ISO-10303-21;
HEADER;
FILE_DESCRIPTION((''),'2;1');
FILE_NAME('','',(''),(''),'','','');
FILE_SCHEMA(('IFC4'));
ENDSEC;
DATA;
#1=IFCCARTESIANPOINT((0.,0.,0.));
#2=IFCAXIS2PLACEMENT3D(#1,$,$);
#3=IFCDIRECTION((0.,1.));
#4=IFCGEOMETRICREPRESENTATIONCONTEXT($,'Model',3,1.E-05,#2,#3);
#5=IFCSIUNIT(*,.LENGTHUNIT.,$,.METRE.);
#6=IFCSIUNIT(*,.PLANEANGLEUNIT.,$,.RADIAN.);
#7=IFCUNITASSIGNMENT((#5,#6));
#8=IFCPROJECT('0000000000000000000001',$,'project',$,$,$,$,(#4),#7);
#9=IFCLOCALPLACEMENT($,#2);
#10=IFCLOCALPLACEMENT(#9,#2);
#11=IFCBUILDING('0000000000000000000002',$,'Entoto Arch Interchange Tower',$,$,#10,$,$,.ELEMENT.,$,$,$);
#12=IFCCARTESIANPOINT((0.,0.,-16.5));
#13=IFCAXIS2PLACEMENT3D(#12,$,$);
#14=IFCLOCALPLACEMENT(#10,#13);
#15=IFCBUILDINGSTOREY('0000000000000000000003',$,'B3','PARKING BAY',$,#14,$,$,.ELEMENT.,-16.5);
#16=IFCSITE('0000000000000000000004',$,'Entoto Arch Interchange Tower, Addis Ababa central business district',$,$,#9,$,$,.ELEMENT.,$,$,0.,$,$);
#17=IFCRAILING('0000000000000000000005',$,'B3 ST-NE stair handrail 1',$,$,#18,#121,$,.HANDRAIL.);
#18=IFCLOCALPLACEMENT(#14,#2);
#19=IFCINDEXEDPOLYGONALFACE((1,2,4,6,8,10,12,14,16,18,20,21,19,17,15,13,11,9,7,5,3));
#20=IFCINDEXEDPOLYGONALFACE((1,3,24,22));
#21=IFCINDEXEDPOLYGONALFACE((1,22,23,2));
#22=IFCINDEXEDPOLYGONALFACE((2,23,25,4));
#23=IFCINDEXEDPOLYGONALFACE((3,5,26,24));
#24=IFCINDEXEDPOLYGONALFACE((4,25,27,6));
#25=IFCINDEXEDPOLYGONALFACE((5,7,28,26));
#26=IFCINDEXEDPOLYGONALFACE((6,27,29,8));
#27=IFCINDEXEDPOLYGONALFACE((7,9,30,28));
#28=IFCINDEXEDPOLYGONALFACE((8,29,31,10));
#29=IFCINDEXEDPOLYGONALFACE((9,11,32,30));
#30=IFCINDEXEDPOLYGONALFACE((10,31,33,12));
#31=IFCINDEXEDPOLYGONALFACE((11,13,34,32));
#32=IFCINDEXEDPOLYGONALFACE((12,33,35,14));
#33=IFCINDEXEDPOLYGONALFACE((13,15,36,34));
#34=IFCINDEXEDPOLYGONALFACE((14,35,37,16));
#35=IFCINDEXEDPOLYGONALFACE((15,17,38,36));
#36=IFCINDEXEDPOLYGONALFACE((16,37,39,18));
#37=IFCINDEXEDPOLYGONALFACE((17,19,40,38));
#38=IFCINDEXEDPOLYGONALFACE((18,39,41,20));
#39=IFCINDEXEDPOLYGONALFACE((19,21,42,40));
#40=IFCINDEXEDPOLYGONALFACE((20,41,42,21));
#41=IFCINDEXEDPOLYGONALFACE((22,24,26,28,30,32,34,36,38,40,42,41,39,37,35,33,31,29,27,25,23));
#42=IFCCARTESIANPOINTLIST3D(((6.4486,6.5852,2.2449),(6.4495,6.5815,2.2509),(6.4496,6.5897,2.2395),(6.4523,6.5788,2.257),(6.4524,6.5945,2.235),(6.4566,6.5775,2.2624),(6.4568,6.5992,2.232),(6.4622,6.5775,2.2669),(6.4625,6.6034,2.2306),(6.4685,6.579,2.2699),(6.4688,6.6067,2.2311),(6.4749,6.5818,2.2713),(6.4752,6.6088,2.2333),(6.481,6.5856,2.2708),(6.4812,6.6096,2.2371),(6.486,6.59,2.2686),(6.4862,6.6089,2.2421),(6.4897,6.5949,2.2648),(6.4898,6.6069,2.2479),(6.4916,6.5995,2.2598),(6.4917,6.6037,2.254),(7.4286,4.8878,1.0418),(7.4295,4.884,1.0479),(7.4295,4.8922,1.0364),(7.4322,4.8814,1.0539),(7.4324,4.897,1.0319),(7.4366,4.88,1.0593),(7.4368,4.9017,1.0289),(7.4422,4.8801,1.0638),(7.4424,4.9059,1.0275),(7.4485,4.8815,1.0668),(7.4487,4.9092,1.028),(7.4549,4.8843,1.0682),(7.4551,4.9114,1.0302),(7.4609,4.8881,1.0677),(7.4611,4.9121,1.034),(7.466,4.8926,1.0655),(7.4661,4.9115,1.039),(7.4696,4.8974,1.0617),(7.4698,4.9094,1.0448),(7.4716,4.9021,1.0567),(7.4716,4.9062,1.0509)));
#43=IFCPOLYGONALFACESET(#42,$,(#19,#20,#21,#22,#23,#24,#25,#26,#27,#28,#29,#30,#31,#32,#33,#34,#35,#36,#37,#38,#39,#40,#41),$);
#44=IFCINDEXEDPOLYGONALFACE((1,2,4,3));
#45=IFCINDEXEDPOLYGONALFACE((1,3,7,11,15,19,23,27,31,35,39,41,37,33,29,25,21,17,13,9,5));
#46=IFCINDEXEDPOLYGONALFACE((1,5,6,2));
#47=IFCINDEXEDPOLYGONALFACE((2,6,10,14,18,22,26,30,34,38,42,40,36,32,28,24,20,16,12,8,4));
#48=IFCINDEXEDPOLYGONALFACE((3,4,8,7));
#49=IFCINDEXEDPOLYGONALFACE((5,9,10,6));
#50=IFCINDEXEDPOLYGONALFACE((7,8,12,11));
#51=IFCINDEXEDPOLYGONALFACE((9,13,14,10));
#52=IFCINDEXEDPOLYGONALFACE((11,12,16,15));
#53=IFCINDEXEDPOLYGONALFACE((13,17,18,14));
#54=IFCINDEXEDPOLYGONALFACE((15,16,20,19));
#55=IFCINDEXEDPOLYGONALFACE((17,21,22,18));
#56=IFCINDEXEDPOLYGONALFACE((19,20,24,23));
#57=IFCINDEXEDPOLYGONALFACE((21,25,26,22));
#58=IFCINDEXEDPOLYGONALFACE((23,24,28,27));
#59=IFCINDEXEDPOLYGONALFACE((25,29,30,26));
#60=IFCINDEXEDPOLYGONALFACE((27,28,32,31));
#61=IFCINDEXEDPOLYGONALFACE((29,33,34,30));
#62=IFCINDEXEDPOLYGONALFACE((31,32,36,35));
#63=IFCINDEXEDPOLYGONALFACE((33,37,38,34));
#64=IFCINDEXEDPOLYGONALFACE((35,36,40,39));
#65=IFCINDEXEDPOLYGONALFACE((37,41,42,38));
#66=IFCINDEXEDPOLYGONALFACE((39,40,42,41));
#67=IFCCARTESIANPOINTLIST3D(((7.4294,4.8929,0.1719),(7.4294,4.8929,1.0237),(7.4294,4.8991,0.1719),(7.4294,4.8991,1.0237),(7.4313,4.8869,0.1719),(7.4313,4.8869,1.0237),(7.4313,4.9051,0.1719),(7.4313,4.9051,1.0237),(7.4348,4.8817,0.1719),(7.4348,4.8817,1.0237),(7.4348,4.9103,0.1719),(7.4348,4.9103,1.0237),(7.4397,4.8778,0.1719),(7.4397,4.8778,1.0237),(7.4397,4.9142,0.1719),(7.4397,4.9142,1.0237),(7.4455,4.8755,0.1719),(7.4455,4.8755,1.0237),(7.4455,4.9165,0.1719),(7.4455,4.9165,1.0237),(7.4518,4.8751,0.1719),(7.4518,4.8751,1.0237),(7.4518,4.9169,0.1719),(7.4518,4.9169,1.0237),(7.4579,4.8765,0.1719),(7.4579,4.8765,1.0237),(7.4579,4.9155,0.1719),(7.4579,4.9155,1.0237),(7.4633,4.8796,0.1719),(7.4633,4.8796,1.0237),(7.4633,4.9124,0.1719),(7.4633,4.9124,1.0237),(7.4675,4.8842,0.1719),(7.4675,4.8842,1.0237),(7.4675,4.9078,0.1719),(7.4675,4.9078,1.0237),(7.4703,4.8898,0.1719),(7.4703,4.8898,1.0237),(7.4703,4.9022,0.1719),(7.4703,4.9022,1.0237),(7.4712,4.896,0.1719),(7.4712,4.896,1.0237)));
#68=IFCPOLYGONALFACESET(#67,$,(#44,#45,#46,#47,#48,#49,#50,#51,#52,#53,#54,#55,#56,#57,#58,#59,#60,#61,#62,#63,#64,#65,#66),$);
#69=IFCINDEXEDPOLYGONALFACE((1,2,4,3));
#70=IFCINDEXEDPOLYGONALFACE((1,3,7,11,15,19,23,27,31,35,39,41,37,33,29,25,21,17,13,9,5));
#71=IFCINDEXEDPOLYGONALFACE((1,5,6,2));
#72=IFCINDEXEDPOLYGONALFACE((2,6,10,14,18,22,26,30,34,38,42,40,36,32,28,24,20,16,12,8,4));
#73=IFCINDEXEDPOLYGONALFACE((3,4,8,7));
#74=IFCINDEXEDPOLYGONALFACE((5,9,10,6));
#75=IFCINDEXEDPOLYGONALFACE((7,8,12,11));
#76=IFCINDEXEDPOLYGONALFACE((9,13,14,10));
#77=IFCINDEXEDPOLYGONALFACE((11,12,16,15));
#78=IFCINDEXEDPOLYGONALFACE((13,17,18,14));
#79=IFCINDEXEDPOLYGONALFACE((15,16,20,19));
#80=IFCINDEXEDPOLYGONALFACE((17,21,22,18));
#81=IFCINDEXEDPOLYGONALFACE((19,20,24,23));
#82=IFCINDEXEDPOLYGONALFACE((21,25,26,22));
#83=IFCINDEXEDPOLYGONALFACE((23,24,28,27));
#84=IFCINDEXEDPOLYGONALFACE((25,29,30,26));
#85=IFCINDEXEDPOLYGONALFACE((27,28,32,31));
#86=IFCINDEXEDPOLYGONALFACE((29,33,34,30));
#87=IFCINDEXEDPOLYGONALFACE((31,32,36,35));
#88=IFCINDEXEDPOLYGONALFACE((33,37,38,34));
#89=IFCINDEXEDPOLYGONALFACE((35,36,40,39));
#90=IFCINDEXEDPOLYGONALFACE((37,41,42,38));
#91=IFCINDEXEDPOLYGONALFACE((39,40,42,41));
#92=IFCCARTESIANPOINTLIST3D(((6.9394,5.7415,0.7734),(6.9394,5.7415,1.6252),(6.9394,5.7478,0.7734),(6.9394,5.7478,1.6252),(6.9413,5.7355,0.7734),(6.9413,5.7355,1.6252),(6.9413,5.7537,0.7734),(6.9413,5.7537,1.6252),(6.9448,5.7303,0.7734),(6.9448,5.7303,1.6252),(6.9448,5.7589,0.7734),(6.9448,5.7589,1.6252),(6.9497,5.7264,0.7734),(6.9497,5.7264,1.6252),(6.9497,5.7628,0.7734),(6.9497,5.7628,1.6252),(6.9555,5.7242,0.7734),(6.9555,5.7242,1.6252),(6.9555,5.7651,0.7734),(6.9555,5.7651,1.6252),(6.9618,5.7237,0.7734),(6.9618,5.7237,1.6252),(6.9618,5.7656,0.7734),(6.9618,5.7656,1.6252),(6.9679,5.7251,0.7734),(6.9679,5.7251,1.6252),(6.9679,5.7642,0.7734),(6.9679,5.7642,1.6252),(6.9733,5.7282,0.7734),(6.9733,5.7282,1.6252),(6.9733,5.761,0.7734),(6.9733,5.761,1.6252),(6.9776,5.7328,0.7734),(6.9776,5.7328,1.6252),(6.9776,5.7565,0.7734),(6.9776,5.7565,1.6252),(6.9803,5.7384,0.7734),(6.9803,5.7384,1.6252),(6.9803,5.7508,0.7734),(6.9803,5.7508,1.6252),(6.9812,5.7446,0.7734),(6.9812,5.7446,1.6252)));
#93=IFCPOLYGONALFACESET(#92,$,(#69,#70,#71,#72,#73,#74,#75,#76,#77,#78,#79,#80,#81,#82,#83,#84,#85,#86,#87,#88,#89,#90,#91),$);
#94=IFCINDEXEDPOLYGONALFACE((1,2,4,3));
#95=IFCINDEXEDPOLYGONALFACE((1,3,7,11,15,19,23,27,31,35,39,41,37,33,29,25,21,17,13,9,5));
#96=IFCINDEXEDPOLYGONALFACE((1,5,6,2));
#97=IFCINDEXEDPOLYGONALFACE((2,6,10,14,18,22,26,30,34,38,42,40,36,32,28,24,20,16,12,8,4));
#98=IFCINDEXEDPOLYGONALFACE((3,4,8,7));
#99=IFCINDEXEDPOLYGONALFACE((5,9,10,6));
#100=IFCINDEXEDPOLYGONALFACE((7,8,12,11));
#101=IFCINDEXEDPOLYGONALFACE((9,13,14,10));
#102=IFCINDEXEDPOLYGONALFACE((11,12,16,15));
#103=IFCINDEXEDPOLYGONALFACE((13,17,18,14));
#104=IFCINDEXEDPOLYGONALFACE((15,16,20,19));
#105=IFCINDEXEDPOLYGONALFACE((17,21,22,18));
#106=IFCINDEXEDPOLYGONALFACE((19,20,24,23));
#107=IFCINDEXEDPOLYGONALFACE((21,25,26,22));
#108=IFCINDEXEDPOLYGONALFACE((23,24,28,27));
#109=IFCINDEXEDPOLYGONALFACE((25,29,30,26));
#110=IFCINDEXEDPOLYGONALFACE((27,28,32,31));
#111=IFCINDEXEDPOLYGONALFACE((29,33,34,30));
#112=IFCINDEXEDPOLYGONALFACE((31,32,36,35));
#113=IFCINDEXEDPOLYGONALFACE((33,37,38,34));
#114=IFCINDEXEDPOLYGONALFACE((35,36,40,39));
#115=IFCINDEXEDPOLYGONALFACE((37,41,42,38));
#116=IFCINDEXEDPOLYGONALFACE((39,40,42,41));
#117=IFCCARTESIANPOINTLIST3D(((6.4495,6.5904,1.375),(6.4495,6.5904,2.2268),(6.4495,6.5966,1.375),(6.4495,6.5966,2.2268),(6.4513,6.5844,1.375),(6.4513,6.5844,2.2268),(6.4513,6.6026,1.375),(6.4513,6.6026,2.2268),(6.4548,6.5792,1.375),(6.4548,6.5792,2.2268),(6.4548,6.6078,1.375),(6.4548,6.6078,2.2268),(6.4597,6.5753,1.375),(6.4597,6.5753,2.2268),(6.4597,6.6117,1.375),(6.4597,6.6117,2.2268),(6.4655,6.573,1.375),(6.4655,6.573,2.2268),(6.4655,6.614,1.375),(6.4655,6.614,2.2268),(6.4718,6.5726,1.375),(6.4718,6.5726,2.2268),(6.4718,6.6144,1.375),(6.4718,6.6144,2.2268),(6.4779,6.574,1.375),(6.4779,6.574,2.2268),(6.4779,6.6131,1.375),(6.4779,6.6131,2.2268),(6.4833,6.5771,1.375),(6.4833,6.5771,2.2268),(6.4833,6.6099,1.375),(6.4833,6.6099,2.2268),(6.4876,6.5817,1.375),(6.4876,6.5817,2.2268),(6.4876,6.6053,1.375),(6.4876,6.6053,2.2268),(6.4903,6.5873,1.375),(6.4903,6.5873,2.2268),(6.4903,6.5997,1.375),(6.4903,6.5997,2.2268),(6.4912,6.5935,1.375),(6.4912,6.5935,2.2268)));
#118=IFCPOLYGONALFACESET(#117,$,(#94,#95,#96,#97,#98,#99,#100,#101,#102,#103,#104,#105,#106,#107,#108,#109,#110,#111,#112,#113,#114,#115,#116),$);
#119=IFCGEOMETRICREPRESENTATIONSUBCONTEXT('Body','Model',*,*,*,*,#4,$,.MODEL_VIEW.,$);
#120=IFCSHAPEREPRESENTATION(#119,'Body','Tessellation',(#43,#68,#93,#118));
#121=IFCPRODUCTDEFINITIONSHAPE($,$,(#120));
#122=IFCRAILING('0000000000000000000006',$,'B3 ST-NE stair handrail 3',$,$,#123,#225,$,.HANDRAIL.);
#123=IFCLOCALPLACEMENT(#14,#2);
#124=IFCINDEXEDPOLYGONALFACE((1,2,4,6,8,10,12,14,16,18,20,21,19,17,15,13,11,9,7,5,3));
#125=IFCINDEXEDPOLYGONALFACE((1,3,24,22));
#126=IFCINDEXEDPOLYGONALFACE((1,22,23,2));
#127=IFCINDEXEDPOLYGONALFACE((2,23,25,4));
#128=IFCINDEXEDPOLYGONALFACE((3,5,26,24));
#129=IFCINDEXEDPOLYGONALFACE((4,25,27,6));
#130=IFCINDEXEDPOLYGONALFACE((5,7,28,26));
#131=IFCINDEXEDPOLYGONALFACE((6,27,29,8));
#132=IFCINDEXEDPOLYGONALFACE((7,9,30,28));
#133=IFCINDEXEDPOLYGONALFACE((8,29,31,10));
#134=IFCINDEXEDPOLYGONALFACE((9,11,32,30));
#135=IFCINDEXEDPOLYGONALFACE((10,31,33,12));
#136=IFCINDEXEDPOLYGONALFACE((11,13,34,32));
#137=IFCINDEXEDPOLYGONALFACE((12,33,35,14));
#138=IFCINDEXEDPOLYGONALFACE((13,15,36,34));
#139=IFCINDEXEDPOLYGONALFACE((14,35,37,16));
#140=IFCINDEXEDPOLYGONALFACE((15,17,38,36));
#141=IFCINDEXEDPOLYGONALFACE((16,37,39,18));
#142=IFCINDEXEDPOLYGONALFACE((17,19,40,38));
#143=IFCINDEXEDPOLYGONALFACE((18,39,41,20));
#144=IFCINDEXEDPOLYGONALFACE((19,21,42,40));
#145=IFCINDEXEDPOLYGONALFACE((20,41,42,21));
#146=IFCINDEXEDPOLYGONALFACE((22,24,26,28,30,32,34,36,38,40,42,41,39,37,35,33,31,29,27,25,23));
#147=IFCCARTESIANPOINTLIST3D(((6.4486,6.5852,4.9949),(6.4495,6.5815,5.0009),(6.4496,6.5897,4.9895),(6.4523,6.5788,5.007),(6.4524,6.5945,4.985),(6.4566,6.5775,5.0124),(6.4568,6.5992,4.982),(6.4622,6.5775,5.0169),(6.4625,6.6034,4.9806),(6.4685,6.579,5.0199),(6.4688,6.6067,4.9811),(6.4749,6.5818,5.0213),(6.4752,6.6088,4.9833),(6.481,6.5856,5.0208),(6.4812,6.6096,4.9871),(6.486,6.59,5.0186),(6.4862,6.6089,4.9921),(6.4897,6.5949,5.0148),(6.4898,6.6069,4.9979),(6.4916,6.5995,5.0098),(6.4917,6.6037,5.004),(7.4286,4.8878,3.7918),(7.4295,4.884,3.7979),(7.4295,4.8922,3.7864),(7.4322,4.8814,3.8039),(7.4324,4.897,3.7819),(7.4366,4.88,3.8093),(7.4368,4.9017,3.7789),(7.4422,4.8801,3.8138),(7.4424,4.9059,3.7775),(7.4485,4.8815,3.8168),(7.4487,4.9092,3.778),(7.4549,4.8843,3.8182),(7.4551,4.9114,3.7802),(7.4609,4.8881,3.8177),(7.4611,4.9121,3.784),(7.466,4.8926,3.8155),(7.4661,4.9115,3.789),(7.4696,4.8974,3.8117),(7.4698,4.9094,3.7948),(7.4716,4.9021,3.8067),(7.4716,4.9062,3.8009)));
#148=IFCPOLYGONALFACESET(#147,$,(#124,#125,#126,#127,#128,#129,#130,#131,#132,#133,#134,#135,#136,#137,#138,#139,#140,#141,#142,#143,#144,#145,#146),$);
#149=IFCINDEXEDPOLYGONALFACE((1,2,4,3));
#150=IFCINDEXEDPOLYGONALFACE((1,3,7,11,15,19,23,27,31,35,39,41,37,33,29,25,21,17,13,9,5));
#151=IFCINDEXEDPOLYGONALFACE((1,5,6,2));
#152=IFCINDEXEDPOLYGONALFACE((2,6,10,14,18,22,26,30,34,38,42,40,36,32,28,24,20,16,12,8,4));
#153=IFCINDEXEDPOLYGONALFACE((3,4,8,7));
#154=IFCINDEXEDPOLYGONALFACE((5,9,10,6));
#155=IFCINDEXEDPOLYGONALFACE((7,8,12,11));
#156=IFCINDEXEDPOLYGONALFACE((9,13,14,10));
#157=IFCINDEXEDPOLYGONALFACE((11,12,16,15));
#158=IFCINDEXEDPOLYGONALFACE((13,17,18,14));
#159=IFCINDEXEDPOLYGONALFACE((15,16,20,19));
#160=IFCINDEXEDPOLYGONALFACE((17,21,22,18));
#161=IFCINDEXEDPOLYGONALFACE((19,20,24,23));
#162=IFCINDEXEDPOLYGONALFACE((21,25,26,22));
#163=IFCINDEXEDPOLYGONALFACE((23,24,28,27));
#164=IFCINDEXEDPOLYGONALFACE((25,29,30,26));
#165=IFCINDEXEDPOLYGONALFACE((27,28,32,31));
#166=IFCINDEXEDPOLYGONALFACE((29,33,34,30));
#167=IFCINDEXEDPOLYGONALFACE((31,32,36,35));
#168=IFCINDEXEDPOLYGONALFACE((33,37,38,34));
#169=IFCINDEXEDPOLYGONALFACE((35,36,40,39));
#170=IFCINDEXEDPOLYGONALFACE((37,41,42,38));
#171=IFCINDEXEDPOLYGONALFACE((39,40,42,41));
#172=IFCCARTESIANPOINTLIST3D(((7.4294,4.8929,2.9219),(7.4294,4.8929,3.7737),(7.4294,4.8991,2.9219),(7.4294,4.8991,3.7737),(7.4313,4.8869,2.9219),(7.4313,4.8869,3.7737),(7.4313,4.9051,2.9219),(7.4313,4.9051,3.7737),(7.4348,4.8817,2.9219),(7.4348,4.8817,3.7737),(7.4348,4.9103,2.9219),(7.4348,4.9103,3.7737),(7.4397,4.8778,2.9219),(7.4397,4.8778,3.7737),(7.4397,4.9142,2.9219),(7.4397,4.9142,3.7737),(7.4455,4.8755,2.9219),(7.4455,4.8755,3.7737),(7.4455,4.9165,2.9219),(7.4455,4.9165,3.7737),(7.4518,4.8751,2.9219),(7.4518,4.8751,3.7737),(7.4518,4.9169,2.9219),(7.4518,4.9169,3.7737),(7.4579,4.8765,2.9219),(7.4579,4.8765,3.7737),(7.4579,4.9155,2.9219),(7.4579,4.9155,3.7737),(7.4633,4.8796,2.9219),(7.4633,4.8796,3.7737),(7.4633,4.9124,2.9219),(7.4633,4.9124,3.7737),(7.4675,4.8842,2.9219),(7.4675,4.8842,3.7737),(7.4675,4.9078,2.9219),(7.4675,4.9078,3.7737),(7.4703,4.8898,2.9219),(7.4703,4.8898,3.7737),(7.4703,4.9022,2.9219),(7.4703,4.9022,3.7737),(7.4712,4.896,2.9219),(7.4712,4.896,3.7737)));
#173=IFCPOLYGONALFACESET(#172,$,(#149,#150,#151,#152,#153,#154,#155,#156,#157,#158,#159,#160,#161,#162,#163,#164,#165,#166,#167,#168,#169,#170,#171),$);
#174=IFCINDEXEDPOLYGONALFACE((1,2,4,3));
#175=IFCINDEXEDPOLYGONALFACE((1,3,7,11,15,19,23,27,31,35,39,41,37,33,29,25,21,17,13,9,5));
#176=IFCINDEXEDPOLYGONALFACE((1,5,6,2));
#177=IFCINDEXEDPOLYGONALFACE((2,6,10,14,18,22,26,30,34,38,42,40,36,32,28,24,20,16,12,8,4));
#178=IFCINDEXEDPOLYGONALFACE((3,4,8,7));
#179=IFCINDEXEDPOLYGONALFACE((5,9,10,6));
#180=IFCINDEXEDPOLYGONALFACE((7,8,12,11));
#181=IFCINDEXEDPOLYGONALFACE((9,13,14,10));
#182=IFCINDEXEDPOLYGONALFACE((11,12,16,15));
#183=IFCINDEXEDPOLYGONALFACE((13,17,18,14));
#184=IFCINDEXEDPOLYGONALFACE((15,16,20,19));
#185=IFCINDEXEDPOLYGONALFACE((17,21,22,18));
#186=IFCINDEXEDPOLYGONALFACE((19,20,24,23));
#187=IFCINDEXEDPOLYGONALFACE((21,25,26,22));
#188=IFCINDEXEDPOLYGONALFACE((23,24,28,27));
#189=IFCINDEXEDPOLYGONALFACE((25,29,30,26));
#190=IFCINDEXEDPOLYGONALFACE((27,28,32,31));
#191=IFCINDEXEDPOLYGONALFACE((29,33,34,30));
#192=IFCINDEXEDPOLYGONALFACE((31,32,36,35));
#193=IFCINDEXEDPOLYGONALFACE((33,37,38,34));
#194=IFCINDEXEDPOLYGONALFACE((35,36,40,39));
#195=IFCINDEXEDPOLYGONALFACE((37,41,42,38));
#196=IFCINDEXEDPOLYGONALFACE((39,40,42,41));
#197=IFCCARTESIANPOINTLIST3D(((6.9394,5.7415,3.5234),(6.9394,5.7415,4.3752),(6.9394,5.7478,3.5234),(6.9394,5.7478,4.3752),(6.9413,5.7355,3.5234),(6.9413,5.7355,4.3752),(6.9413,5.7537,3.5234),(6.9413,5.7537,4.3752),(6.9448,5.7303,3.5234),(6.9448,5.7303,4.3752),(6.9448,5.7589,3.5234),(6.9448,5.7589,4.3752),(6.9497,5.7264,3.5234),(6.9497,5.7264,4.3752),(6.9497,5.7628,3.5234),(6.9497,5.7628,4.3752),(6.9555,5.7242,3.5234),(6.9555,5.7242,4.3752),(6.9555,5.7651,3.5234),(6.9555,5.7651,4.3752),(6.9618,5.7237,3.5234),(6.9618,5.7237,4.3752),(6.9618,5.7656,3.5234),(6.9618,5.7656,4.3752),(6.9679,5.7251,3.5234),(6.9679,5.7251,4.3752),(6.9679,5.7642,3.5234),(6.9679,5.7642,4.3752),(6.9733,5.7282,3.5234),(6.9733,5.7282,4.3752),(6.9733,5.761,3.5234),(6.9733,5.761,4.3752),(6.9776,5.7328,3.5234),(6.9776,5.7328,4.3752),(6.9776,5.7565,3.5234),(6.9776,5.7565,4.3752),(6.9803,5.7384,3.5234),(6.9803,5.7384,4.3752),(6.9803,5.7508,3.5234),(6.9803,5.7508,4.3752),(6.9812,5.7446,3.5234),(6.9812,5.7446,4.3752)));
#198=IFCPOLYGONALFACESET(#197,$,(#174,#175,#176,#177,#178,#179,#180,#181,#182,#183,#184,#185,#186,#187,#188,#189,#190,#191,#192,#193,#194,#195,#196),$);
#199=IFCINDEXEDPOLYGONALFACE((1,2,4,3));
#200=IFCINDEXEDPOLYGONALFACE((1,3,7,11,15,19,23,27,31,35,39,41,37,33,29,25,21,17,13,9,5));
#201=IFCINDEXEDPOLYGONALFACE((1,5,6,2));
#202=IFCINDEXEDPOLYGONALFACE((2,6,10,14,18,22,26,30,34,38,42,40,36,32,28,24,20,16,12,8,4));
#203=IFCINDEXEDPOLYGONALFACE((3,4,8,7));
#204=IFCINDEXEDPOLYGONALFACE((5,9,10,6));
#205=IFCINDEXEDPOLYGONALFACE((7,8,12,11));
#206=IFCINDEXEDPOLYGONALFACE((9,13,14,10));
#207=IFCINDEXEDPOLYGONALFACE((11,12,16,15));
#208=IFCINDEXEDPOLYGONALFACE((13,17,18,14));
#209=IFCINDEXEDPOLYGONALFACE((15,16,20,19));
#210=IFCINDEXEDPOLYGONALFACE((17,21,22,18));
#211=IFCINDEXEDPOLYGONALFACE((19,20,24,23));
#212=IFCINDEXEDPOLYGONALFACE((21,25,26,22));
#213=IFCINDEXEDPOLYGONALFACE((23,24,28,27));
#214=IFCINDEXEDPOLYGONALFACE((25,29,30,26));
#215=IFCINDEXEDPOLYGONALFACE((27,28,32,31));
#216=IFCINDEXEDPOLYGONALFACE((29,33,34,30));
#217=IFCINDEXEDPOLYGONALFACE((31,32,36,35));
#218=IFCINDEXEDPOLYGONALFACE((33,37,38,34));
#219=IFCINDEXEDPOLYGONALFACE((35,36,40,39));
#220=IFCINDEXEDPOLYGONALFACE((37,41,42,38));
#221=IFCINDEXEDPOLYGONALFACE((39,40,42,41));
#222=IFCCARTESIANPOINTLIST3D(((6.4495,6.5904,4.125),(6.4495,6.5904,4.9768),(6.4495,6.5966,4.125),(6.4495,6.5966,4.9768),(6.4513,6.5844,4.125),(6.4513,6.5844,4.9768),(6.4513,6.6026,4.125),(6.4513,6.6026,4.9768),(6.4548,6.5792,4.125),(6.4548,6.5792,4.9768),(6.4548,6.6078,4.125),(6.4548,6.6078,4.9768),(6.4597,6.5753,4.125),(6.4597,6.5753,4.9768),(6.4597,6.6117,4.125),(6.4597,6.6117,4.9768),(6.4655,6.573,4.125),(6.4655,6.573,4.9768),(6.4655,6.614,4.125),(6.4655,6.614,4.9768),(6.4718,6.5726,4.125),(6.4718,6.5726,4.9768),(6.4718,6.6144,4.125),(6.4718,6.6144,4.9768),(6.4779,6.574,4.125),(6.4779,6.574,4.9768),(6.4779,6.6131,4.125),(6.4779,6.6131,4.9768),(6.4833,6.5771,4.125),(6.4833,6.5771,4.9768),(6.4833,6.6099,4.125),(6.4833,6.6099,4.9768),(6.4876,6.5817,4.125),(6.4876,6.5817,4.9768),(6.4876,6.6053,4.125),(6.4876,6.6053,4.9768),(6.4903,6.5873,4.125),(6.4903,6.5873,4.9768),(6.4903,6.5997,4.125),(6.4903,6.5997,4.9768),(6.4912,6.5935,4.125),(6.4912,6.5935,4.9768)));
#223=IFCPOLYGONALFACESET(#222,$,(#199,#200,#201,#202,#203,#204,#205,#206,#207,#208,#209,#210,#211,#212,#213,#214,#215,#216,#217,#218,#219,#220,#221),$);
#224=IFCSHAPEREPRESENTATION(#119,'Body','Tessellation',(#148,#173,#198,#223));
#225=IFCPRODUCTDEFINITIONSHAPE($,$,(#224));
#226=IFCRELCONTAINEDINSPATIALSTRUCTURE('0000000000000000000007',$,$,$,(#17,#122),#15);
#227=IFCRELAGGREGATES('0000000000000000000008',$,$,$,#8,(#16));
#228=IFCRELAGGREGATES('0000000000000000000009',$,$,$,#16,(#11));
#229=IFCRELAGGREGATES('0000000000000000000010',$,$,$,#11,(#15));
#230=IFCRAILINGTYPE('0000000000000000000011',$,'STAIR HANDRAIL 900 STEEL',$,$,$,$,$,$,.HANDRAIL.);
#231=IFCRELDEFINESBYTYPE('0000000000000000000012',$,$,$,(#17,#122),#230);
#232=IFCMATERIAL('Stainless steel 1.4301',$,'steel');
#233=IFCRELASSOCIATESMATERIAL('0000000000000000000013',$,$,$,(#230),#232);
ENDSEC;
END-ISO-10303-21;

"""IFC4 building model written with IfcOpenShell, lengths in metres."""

from ifc_helpers import new_model, si_unit, direction, frame, origin, origin_2d, place, context, subcontext, project, spatial, circle, extrude, material, type_object, element, save


model = new_model("IFC4")

# Units and contexts
model_context = context("Model", 3, precision=1e-05, world=origin(), true_north=direction((0.0, 1.0)))
body_context = subcontext(model_context, "Body", "Model", "MODEL_VIEW")
ifc_project = project(units=[si_unit("LENGTHUNIT", "METRE"), si_unit("PLANEANGLEUNIT", "RADIAN")], contexts=[model_context])

# Site, building, storey
site_placement = place(None, origin())
site = spatial("IfcSite", under=ifc_project, at=site_placement, Name="Entoto Arch Interchange Tower, Addis Ababa central business district", CompositionType="ELEMENT", RefElevation=0.0)
building_placement = place(site_placement, origin())
building = spatial("IfcBuilding", under=site, at=building_placement, Name="Entoto Arch Interchange Tower", CompositionType="ELEMENT")
storey_placement = place(building_placement, frame((0.0, 0.0, -16.5)))
storey = spatial("IfcBuildingStorey", under=building, at=storey_placement, Name="B3", Description="PARKING BAY", CompositionType="ELEMENT", Elevation=-16.5)

# Railings
ifc_material_1 = material(Name="Stainless steel 1.4301", Category="steel")
railing_type_1 = type_object("IfcRailingType", Name="STAIR HANDRAIL 900 STEEL", PredefinedType="HANDRAIL", material=ifc_material_1)
for number, where, name in (
    (1, (7.4502, 4.896, 0.1719), "B3 ST-NE stair handrail 1"),
    (2, (7.4502, 4.896, 2.9219), "B3 ST-NE stair handrail 3"),
):
    element("IfcRailing", number, at=place(storey_placement, frame(where)), inside=storey, type_object=railing_type_1, Name=name, PredefinedType="HANDRAIL", context=body_context, shape_type="SweptSolid", body=[
        extrude(circle(Radius=0.0239, at=origin_2d()), frame((0.0, 0.0, 0.876), z_axis=(-0.426102, 0.738089, 0.523127), x_axis=(-0.866042, -0.49997, 0.0)), (0.0, 0.0, 1.0), 2.2998),
        extrude(circle(Radius=0.021, at=origin_2d()), origin(), (0.0, 0.0, 1.0), 0.8518),
        extrude(circle(Radius=0.021, at=origin_2d()), frame((-0.49, 0.8486, 0.6016)), (0.0, 0.0, 1.0), 0.8518),
        extrude(circle(Radius=0.021, at=origin_2d()), frame((-0.98, 1.6975, 1.2031)), (0.0, 0.0, 1.0), 0.8518),
    ])

save(model, "model.ifc")
